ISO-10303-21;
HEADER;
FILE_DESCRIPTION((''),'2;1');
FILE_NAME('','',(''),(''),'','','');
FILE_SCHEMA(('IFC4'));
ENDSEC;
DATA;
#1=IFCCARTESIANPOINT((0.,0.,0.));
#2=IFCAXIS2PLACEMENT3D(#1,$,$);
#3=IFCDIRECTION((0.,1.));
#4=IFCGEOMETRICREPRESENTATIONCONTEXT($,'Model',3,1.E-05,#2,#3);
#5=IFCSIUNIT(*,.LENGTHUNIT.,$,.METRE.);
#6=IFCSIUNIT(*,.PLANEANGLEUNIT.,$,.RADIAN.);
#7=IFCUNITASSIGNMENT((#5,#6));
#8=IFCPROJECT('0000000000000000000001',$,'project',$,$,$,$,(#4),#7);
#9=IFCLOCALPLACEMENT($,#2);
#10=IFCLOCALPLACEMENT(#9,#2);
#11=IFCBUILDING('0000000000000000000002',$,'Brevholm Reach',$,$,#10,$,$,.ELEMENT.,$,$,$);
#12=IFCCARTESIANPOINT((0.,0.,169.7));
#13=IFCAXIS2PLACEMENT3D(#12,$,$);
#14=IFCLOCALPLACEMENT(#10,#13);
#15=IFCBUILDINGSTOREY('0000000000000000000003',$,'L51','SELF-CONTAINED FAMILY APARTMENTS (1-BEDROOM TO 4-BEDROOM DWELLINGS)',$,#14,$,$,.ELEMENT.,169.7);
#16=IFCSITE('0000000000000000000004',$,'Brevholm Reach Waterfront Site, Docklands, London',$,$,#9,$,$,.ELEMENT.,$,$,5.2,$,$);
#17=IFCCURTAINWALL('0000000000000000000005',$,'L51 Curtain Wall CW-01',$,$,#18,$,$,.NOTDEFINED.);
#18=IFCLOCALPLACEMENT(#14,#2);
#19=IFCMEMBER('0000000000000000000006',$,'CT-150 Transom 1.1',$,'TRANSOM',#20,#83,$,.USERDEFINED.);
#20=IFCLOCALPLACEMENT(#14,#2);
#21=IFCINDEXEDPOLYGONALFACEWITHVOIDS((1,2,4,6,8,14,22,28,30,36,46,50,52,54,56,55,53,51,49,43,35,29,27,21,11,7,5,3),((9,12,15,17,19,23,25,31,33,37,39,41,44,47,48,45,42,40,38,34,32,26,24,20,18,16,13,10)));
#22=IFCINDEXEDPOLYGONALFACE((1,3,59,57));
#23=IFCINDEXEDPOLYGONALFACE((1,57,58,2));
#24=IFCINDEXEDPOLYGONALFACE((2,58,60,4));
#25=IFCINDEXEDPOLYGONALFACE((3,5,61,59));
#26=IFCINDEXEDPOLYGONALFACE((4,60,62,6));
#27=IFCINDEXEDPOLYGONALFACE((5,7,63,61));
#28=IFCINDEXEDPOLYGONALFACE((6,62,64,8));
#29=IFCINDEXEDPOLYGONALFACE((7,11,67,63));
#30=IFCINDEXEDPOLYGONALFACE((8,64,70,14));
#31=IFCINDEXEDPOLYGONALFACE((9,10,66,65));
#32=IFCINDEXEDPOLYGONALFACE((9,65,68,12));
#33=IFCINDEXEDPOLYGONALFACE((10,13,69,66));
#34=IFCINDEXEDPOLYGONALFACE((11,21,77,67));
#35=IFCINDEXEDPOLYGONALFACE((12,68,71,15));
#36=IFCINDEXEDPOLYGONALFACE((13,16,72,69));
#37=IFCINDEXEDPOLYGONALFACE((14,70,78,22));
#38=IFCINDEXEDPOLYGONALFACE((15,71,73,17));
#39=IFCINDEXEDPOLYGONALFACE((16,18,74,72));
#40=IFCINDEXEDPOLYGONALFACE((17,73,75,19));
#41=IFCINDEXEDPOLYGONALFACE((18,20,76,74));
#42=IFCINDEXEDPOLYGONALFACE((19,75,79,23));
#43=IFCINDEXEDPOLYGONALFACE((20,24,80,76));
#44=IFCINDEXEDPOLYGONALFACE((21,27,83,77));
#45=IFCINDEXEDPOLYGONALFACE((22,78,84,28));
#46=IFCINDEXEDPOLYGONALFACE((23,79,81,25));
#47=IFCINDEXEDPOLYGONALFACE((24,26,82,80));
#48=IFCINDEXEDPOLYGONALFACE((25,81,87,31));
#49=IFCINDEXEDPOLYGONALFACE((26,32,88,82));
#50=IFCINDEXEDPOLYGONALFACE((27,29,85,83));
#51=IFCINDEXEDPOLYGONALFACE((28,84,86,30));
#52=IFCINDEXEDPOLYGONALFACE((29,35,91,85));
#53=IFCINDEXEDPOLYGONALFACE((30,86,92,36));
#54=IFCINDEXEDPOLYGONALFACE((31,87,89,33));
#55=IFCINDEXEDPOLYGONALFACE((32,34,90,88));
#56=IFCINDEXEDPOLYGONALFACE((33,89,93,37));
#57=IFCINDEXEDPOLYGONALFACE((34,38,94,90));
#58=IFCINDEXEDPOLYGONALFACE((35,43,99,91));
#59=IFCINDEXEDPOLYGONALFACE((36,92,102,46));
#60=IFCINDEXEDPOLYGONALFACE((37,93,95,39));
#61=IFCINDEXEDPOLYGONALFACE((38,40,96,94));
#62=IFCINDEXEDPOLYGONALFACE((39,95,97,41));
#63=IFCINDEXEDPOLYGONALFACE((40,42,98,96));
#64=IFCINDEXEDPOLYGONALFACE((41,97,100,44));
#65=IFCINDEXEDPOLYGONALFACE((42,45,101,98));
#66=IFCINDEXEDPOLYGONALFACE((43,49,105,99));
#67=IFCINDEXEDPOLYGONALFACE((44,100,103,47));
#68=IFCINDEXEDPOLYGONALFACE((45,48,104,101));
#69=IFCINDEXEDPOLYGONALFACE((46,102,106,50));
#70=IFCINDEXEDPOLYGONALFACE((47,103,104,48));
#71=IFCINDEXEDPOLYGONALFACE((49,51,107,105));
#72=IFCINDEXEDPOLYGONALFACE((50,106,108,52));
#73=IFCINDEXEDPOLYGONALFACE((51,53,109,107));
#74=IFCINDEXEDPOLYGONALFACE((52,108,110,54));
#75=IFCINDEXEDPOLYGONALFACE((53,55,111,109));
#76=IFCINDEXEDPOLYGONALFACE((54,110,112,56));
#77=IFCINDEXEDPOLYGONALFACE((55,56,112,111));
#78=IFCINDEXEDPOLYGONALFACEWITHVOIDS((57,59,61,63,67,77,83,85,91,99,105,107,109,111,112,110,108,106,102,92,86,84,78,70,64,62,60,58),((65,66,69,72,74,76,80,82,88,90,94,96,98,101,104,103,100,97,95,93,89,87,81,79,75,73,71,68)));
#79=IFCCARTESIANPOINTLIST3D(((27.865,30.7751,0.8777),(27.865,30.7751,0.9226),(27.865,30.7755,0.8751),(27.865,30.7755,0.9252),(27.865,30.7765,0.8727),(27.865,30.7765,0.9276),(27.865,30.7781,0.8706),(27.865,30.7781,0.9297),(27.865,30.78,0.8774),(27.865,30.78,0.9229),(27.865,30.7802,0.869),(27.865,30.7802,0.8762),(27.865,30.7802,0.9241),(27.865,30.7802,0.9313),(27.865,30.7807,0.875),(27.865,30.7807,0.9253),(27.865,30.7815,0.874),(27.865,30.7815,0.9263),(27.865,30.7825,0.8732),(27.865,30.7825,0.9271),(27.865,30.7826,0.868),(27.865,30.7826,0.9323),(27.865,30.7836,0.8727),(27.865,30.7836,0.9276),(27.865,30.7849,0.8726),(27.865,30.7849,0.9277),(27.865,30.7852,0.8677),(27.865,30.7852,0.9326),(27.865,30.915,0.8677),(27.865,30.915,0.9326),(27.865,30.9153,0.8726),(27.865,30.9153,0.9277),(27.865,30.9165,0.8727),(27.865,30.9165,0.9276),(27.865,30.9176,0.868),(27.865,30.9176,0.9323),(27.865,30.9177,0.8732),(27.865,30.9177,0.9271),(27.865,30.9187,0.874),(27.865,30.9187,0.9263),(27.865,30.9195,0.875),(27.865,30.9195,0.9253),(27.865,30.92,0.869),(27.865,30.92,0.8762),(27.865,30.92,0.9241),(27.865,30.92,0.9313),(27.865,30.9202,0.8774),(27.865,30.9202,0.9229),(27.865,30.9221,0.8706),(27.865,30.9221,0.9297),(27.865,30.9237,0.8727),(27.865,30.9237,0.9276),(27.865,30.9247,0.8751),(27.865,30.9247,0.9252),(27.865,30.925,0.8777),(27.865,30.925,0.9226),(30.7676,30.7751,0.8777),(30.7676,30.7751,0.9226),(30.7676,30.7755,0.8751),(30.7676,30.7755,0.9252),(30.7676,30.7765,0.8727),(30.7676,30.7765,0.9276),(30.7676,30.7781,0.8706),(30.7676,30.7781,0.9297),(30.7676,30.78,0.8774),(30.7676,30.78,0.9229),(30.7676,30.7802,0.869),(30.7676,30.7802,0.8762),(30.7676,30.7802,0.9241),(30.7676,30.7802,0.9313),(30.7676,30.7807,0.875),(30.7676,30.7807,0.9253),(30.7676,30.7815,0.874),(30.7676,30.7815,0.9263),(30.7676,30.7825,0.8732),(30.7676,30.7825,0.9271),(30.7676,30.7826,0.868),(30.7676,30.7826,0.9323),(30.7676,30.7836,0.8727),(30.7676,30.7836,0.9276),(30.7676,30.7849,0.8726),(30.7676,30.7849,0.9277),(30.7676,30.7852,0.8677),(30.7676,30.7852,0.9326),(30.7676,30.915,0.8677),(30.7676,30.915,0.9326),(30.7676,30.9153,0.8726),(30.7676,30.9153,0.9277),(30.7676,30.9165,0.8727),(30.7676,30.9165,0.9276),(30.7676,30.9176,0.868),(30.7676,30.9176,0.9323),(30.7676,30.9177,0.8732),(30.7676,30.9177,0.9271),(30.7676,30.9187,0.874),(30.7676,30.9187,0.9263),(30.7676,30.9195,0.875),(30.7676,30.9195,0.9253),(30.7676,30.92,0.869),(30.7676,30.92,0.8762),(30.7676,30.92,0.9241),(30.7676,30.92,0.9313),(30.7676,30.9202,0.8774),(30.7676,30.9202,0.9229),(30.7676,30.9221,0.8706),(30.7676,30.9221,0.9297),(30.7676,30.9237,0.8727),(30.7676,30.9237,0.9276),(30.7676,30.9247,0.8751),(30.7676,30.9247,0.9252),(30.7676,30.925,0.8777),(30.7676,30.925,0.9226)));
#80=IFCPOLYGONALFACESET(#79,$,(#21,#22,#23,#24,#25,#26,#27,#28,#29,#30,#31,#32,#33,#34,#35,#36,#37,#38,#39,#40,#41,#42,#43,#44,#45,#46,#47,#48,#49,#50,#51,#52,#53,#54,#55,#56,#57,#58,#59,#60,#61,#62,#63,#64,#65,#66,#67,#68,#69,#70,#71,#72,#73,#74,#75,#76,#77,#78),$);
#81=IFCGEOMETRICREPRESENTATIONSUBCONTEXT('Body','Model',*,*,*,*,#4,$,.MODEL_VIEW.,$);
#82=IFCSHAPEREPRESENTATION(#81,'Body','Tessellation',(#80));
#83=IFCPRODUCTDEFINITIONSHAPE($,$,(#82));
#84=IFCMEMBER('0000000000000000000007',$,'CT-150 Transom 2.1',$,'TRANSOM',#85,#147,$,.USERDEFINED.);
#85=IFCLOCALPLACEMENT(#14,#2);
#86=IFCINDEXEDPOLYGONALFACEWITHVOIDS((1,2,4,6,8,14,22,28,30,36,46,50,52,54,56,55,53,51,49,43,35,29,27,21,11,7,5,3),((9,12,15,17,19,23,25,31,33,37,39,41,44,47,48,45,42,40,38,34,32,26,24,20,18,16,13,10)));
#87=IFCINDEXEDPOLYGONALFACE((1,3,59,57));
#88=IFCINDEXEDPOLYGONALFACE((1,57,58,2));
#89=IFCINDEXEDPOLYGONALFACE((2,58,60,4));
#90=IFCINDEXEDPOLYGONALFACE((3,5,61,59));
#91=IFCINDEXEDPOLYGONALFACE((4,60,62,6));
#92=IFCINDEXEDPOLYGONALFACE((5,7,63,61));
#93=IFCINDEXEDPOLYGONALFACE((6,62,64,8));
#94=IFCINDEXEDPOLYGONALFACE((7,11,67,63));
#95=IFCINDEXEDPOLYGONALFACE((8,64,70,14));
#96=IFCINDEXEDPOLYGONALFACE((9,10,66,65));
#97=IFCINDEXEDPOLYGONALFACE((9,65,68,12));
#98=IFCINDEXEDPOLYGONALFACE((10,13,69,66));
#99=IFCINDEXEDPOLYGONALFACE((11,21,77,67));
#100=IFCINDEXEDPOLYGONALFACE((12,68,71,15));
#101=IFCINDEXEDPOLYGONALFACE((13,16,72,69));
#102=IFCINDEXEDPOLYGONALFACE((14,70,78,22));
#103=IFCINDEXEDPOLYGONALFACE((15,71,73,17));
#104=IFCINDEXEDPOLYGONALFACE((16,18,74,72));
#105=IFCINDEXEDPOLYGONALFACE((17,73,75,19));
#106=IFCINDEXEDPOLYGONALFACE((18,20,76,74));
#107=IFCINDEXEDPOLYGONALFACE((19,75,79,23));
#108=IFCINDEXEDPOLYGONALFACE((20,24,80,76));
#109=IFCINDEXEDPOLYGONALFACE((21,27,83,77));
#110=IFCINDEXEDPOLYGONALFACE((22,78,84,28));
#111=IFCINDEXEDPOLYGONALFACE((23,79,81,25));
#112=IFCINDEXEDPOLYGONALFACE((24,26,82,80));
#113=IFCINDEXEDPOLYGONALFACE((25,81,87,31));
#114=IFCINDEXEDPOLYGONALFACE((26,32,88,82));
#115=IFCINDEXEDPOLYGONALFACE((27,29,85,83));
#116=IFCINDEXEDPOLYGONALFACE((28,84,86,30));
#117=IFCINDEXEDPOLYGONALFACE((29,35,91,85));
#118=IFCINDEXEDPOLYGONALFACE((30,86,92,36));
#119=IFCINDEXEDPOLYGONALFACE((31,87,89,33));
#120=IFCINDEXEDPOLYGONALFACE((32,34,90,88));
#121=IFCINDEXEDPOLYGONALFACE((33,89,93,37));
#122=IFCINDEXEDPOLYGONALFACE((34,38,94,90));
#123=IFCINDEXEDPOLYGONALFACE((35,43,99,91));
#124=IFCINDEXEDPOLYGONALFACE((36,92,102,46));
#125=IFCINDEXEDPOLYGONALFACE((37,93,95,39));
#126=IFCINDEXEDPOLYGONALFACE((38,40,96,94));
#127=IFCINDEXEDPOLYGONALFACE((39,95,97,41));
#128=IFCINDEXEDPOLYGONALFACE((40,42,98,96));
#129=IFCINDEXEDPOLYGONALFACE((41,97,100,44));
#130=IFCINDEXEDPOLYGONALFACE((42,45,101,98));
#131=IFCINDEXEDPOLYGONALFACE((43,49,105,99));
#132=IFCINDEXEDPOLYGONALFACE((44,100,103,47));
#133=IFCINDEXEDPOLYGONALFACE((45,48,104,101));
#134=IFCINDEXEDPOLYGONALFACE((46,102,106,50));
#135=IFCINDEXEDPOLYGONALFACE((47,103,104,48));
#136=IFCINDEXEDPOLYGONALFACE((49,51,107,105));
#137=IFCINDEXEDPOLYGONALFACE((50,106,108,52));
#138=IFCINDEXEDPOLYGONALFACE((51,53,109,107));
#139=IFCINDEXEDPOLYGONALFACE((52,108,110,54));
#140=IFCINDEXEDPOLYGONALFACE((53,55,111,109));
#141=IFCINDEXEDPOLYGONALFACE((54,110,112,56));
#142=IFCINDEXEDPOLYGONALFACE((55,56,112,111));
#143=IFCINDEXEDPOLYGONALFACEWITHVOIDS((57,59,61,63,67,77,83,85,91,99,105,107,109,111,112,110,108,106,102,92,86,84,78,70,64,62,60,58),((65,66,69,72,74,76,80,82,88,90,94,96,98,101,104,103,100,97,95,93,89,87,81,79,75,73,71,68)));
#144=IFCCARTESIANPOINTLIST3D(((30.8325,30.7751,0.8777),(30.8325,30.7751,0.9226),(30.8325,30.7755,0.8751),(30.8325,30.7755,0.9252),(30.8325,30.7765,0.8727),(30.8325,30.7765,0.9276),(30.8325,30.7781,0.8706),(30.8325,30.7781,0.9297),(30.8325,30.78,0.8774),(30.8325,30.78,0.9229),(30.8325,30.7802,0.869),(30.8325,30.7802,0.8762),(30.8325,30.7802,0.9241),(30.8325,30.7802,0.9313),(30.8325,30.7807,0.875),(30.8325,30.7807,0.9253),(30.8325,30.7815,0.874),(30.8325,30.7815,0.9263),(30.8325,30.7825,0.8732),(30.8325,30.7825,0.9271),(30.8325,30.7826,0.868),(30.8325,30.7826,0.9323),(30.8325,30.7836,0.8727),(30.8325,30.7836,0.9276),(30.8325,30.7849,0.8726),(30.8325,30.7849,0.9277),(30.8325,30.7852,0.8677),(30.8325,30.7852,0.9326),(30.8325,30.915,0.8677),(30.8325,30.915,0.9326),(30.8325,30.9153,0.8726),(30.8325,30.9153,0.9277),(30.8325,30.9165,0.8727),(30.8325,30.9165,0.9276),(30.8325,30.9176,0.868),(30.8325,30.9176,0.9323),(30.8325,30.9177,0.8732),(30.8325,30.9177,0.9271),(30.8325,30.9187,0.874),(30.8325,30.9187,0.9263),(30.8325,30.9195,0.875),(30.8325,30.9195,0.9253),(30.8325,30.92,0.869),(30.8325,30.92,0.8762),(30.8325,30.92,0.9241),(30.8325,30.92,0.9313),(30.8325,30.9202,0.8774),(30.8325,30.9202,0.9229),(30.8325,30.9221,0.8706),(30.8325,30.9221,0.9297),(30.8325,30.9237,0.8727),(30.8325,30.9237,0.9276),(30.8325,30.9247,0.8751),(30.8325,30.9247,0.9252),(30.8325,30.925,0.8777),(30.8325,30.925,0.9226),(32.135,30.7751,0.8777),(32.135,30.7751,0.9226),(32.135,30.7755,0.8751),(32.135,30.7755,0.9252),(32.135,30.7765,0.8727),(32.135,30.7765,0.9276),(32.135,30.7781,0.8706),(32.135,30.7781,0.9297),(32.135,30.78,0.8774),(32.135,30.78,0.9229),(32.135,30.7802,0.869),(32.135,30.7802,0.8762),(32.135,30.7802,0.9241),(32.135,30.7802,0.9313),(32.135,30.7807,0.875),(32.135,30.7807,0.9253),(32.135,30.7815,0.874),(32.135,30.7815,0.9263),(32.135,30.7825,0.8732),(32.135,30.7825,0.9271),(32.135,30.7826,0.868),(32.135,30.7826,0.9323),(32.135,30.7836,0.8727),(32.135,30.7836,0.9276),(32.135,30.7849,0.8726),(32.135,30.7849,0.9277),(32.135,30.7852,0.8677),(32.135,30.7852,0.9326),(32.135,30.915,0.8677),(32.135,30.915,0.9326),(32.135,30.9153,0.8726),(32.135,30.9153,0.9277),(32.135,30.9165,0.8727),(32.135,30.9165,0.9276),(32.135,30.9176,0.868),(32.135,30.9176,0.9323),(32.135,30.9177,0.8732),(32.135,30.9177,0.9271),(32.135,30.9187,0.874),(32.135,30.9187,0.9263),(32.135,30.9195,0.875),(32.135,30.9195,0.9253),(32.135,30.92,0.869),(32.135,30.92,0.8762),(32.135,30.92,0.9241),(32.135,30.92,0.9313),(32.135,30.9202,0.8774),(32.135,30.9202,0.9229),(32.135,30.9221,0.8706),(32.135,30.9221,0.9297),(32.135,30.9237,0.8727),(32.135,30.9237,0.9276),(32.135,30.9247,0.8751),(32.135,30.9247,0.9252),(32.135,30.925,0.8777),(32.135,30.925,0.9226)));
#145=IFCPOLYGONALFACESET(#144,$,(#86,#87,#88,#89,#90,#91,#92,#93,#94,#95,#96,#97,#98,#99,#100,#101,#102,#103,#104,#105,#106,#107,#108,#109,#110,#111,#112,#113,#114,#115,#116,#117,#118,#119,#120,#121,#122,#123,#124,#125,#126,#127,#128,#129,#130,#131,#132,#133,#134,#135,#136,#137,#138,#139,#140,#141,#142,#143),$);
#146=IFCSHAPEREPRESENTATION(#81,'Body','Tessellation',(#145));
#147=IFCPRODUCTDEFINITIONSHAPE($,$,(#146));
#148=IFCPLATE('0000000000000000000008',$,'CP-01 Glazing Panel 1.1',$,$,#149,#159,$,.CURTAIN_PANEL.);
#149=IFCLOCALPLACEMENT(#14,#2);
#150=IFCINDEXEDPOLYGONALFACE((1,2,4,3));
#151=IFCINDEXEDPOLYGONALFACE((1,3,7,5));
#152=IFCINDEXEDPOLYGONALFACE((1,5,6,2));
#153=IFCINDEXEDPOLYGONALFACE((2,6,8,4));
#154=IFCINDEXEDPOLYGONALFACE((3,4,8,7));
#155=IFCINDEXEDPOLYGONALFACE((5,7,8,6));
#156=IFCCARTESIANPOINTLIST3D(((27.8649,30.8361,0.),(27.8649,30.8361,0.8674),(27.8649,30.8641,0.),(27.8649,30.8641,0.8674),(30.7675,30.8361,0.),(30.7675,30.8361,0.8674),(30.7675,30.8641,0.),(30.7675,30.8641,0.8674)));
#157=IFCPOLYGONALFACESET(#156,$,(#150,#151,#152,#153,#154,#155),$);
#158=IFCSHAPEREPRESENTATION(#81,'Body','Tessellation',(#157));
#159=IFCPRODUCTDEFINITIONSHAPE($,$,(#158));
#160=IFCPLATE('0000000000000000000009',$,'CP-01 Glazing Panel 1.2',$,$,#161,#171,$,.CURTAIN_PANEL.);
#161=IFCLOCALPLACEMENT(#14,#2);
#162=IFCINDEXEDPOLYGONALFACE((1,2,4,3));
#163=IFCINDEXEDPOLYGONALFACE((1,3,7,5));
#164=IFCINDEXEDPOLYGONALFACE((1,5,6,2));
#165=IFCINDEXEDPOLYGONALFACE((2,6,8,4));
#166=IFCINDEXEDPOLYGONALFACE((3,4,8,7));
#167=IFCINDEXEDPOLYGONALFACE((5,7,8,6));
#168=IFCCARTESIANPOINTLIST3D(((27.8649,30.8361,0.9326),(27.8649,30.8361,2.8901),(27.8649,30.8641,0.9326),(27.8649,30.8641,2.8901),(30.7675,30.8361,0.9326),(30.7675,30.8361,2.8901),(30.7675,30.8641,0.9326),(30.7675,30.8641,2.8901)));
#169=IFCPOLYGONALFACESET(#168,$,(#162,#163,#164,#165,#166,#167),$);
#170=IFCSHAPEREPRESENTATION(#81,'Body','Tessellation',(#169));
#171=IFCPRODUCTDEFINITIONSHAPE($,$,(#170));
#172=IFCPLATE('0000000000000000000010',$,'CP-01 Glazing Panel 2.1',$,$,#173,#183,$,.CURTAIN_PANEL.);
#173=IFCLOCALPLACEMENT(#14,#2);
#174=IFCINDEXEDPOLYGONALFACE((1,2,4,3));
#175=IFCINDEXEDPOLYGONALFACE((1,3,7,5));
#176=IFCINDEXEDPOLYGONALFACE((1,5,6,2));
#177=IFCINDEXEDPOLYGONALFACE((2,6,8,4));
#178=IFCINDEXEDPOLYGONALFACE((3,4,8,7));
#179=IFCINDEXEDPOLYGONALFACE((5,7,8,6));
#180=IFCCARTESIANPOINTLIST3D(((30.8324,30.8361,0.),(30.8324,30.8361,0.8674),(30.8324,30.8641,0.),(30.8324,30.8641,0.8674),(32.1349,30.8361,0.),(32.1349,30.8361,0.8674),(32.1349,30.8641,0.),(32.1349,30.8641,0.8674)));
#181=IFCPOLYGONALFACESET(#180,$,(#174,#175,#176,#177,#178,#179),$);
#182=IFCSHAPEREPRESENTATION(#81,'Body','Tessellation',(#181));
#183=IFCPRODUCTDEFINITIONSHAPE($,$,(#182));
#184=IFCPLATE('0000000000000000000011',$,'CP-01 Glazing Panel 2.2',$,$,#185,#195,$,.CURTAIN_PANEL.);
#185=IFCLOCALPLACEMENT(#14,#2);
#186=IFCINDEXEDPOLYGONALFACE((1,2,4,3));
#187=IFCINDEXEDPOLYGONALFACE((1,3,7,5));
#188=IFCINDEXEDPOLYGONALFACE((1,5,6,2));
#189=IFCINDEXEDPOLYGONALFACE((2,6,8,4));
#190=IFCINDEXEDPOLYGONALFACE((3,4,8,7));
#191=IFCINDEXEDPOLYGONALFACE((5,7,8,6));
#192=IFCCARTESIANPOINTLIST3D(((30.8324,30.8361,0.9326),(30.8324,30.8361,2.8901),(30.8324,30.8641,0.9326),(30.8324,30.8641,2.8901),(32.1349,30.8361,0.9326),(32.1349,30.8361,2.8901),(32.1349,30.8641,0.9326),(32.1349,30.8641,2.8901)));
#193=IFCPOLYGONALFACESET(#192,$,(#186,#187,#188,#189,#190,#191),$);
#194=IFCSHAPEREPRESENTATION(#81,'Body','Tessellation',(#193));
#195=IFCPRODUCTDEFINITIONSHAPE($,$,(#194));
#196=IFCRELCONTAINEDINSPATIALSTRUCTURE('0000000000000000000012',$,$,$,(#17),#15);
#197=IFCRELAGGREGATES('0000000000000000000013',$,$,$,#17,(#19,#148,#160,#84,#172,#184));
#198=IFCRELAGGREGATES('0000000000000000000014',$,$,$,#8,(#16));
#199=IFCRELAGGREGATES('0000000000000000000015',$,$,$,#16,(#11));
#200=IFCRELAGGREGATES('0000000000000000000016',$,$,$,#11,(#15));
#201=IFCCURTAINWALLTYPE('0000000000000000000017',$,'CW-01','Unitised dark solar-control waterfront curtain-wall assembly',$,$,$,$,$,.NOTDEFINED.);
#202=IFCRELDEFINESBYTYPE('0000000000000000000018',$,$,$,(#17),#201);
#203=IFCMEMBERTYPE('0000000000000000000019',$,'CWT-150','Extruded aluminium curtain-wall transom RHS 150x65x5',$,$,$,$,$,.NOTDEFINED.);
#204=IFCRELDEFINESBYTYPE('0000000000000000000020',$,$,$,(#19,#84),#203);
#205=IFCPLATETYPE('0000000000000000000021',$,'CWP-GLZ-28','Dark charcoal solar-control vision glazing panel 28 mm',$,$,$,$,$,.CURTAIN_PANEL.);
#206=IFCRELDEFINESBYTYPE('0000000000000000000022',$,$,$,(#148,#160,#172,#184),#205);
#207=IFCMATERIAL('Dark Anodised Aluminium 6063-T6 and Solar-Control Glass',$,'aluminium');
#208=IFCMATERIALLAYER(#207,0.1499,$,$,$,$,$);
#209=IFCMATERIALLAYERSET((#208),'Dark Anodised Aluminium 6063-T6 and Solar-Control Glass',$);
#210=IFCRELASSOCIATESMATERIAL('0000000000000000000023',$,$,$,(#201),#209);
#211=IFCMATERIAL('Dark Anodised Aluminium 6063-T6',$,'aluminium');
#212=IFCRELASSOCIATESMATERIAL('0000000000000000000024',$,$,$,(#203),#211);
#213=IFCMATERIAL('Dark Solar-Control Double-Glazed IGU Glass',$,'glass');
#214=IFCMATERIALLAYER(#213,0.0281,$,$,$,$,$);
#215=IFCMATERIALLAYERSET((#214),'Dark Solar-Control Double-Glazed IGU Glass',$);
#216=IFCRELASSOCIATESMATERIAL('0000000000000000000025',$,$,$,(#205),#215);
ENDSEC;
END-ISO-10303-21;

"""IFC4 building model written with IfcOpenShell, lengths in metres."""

from ifc_helpers import new_model, si_unit, direction, frame, origin, origin_2d, place, context, subcontext, project, spatial, rectangle, hollow_rectangle, extrude, material, layer, layer_set, material_profile, profile_set, type_object, element, aggregate, save


model = new_model("IFC4")

# Units and contexts
model_context = context("Model", 3, precision=1e-05, world=origin(), true_north=direction((0.0, 1.0)))
body_context = subcontext(model_context, "Body", "Model", "MODEL_VIEW")
ifc_project = project(units=[si_unit("LENGTHUNIT", "METRE"), si_unit("PLANEANGLEUNIT", "RADIAN")], contexts=[model_context])

# Site, building, storey
site_placement = place(None, origin())
site = spatial("IfcSite", under=ifc_project, at=site_placement, Name="Brevholm Reach Waterfront Site, Docklands, London", CompositionType="ELEMENT", RefElevation=5.2)
building_placement = place(site_placement, origin())
building = spatial("IfcBuilding", under=site, at=building_placement, Name="Brevholm Reach", CompositionType="ELEMENT")
storey_placement = place(building_placement, frame((0.0, 0.0, 169.7)))
storey = spatial("IfcBuildingStorey", under=building, at=storey_placement, Name="L51", Description="SELF-CONTAINED FAMILY APARTMENTS (1-BEDROOM TO 4-BEDROOM DWELLINGS)", CompositionType="ELEMENT", Elevation=169.7)

# Curtain wall
ifc_material_1 = material(Name="Dark Anodised Aluminium 6063-T6 and Solar-Control Glass", Category="aluminium")
ifc_layer_1 = layer(ifc_material_1, 0.1499)
ifc_layer_set_1 = layer_set([ifc_layer_1], Name="Dark Anodised Aluminium 6063-T6 and Solar-Control Glass")
curtain_wall_type_1 = type_object("IfcCurtainWallType", Name="CW-01", Description="Unitised dark solar-control waterfront curtain-wall assembly", PredefinedType="NOTDEFINED", material=ifc_layer_set_1)
curtain_wall_1_placement = place(storey_placement, origin())
curtain_wall_1 = element("IfcCurtainWall", 1, at=curtain_wall_1_placement, inside=storey, type_object=curtain_wall_type_1, Name="L51 Curtain Wall CW-01", PredefinedType="NOTDEFINED")

# Members
ifc_material_2 = material(Name="Dark Anodised Aluminium 6063-T6", Category="aluminium")
ifc_material_profile_1 = material_profile(ifc_material_2, hollow_rectangle(XDim=0.0649, YDim=0.1499, WallThickness=0.0049, InnerFilletRadius=0.0049, OuterFilletRadius=0.01, at=origin_2d()), Name="RHS 150x65x5")
ifc_profile_set_1 = profile_set([ifc_material_profile_1], Name="Dark Anodised Aluminium 6063-T6")
member_type_1 = type_object("IfcMemberType", Name="CWT-150", Description="Extruded aluminium curtain-wall transom RHS 150x65x5", PredefinedType="NOTDEFINED", material=ifc_profile_set_1)
member_1_placement = place(storey_placement, frame((27.865, 30.8501, 0.9001), z_axis=(1.0, 0.0, 0.0), x_axis=(0.0, 0.0, 1.0)))
member_1 = element("IfcMember", 2, at=member_1_placement, type_object=member_type_1, Name="CT-150 Transom 1.1", ObjectType="TRANSOM", PredefinedType="USERDEFINED", context=body_context, shape_type="SweptSolid", body=[
    extrude(hollow_rectangle(XDim=0.0649, YDim=0.1499, WallThickness=0.0049, InnerFilletRadius=0.0049, OuterFilletRadius=0.01, at=origin_2d()), origin(), (0.0, 0.0, 1.0), 2.9026),
])
member_2_placement = place(storey_placement, frame((30.8325, 30.8501, 0.9001), z_axis=(1.0, 0.0, 0.0), x_axis=(0.0, 0.0, 1.0)))
member_2 = element("IfcMember", 3, at=member_2_placement, type_object=member_type_1, Name="CT-150 Transom 2.1", ObjectType="TRANSOM", PredefinedType="USERDEFINED", context=body_context, shape_type="SweptSolid", body=[
    extrude(hollow_rectangle(XDim=0.0649, YDim=0.1499, WallThickness=0.0049, InnerFilletRadius=0.0049, OuterFilletRadius=0.01, at=origin_2d()), origin(), (0.0, 0.0, 1.0), 1.3025),
])

# Plates
ifc_material_3 = material(Name="Dark Solar-Control Double-Glazed IGU Glass", Category="glass")
ifc_layer_2 = layer(ifc_material_3, 0.0281)
ifc_layer_set_2 = layer_set([ifc_layer_2], Name="Dark Solar-Control Double-Glazed IGU Glass")
plate_type_1 = type_object("IfcPlateType", Name="CWP-GLZ-28", Description="Dark charcoal solar-control vision glazing panel 28 mm", PredefinedType="CURTAIN_PANEL", material=ifc_layer_set_2)
plate_1_placement = place(storey_placement, frame((29.3162, 30.8501, 0.0), z_axis=(0.0, 0.0, 1.0), x_axis=(1.0, 0.0, 0.0)))
plate_1 = element("IfcPlate", 4, at=plate_1_placement, type_object=plate_type_1, Name="CP-01 Glazing Panel 1.1", PredefinedType="CURTAIN_PANEL", context=body_context, shape_type="SweptSolid", body=[
    extrude(rectangle(XDim=2.9026, YDim=0.0281, at=origin_2d()), origin(), (0.0, 0.0, 1.0), 0.8674),
])
plate_2_placement = place(storey_placement, frame((29.3162, 30.8501, 0.9326), z_axis=(0.0, 0.0, 1.0), x_axis=(1.0, 0.0, 0.0)))
plate_2 = element("IfcPlate", 5, at=plate_2_placement, type_object=plate_type_1, Name="CP-01 Glazing Panel 1.2", PredefinedType="CURTAIN_PANEL", context=body_context, shape_type="SweptSolid", body=[
    extrude(rectangle(XDim=2.9026, YDim=0.0281, at=origin_2d()), origin(), (0.0, 0.0, 1.0), 1.9575),
])
plate_3_placement = place(storey_placement, frame((31.4836, 30.8501, 0.0), z_axis=(0.0, 0.0, 1.0), x_axis=(1.0, 0.0, 0.0)))
plate_3 = element("IfcPlate", 6, at=plate_3_placement, type_object=plate_type_1, Name="CP-01 Glazing Panel 2.1", PredefinedType="CURTAIN_PANEL", context=body_context, shape_type="SweptSolid", body=[
    extrude(rectangle(XDim=1.3025, YDim=0.0281, at=origin_2d()), origin(), (0.0, 0.0, 1.0), 0.8674),
])
plate_4_placement = place(storey_placement, frame((31.4836, 30.8501, 0.9326), z_axis=(0.0, 0.0, 1.0), x_axis=(1.0, 0.0, 0.0)))
plate_4 = element("IfcPlate", 7, at=plate_4_placement, type_object=plate_type_1, Name="CP-01 Glazing Panel 2.2", PredefinedType="CURTAIN_PANEL", context=body_context, shape_type="SweptSolid", body=[
    extrude(rectangle(XDim=1.3025, YDim=0.0281, at=origin_2d()), origin(), (0.0, 0.0, 1.0), 1.9575),
])
aggregate(curtain_wall_1, [member_1, plate_1, plate_2, member_2, plate_3, plate_4])

save(model, "model.ifc")
